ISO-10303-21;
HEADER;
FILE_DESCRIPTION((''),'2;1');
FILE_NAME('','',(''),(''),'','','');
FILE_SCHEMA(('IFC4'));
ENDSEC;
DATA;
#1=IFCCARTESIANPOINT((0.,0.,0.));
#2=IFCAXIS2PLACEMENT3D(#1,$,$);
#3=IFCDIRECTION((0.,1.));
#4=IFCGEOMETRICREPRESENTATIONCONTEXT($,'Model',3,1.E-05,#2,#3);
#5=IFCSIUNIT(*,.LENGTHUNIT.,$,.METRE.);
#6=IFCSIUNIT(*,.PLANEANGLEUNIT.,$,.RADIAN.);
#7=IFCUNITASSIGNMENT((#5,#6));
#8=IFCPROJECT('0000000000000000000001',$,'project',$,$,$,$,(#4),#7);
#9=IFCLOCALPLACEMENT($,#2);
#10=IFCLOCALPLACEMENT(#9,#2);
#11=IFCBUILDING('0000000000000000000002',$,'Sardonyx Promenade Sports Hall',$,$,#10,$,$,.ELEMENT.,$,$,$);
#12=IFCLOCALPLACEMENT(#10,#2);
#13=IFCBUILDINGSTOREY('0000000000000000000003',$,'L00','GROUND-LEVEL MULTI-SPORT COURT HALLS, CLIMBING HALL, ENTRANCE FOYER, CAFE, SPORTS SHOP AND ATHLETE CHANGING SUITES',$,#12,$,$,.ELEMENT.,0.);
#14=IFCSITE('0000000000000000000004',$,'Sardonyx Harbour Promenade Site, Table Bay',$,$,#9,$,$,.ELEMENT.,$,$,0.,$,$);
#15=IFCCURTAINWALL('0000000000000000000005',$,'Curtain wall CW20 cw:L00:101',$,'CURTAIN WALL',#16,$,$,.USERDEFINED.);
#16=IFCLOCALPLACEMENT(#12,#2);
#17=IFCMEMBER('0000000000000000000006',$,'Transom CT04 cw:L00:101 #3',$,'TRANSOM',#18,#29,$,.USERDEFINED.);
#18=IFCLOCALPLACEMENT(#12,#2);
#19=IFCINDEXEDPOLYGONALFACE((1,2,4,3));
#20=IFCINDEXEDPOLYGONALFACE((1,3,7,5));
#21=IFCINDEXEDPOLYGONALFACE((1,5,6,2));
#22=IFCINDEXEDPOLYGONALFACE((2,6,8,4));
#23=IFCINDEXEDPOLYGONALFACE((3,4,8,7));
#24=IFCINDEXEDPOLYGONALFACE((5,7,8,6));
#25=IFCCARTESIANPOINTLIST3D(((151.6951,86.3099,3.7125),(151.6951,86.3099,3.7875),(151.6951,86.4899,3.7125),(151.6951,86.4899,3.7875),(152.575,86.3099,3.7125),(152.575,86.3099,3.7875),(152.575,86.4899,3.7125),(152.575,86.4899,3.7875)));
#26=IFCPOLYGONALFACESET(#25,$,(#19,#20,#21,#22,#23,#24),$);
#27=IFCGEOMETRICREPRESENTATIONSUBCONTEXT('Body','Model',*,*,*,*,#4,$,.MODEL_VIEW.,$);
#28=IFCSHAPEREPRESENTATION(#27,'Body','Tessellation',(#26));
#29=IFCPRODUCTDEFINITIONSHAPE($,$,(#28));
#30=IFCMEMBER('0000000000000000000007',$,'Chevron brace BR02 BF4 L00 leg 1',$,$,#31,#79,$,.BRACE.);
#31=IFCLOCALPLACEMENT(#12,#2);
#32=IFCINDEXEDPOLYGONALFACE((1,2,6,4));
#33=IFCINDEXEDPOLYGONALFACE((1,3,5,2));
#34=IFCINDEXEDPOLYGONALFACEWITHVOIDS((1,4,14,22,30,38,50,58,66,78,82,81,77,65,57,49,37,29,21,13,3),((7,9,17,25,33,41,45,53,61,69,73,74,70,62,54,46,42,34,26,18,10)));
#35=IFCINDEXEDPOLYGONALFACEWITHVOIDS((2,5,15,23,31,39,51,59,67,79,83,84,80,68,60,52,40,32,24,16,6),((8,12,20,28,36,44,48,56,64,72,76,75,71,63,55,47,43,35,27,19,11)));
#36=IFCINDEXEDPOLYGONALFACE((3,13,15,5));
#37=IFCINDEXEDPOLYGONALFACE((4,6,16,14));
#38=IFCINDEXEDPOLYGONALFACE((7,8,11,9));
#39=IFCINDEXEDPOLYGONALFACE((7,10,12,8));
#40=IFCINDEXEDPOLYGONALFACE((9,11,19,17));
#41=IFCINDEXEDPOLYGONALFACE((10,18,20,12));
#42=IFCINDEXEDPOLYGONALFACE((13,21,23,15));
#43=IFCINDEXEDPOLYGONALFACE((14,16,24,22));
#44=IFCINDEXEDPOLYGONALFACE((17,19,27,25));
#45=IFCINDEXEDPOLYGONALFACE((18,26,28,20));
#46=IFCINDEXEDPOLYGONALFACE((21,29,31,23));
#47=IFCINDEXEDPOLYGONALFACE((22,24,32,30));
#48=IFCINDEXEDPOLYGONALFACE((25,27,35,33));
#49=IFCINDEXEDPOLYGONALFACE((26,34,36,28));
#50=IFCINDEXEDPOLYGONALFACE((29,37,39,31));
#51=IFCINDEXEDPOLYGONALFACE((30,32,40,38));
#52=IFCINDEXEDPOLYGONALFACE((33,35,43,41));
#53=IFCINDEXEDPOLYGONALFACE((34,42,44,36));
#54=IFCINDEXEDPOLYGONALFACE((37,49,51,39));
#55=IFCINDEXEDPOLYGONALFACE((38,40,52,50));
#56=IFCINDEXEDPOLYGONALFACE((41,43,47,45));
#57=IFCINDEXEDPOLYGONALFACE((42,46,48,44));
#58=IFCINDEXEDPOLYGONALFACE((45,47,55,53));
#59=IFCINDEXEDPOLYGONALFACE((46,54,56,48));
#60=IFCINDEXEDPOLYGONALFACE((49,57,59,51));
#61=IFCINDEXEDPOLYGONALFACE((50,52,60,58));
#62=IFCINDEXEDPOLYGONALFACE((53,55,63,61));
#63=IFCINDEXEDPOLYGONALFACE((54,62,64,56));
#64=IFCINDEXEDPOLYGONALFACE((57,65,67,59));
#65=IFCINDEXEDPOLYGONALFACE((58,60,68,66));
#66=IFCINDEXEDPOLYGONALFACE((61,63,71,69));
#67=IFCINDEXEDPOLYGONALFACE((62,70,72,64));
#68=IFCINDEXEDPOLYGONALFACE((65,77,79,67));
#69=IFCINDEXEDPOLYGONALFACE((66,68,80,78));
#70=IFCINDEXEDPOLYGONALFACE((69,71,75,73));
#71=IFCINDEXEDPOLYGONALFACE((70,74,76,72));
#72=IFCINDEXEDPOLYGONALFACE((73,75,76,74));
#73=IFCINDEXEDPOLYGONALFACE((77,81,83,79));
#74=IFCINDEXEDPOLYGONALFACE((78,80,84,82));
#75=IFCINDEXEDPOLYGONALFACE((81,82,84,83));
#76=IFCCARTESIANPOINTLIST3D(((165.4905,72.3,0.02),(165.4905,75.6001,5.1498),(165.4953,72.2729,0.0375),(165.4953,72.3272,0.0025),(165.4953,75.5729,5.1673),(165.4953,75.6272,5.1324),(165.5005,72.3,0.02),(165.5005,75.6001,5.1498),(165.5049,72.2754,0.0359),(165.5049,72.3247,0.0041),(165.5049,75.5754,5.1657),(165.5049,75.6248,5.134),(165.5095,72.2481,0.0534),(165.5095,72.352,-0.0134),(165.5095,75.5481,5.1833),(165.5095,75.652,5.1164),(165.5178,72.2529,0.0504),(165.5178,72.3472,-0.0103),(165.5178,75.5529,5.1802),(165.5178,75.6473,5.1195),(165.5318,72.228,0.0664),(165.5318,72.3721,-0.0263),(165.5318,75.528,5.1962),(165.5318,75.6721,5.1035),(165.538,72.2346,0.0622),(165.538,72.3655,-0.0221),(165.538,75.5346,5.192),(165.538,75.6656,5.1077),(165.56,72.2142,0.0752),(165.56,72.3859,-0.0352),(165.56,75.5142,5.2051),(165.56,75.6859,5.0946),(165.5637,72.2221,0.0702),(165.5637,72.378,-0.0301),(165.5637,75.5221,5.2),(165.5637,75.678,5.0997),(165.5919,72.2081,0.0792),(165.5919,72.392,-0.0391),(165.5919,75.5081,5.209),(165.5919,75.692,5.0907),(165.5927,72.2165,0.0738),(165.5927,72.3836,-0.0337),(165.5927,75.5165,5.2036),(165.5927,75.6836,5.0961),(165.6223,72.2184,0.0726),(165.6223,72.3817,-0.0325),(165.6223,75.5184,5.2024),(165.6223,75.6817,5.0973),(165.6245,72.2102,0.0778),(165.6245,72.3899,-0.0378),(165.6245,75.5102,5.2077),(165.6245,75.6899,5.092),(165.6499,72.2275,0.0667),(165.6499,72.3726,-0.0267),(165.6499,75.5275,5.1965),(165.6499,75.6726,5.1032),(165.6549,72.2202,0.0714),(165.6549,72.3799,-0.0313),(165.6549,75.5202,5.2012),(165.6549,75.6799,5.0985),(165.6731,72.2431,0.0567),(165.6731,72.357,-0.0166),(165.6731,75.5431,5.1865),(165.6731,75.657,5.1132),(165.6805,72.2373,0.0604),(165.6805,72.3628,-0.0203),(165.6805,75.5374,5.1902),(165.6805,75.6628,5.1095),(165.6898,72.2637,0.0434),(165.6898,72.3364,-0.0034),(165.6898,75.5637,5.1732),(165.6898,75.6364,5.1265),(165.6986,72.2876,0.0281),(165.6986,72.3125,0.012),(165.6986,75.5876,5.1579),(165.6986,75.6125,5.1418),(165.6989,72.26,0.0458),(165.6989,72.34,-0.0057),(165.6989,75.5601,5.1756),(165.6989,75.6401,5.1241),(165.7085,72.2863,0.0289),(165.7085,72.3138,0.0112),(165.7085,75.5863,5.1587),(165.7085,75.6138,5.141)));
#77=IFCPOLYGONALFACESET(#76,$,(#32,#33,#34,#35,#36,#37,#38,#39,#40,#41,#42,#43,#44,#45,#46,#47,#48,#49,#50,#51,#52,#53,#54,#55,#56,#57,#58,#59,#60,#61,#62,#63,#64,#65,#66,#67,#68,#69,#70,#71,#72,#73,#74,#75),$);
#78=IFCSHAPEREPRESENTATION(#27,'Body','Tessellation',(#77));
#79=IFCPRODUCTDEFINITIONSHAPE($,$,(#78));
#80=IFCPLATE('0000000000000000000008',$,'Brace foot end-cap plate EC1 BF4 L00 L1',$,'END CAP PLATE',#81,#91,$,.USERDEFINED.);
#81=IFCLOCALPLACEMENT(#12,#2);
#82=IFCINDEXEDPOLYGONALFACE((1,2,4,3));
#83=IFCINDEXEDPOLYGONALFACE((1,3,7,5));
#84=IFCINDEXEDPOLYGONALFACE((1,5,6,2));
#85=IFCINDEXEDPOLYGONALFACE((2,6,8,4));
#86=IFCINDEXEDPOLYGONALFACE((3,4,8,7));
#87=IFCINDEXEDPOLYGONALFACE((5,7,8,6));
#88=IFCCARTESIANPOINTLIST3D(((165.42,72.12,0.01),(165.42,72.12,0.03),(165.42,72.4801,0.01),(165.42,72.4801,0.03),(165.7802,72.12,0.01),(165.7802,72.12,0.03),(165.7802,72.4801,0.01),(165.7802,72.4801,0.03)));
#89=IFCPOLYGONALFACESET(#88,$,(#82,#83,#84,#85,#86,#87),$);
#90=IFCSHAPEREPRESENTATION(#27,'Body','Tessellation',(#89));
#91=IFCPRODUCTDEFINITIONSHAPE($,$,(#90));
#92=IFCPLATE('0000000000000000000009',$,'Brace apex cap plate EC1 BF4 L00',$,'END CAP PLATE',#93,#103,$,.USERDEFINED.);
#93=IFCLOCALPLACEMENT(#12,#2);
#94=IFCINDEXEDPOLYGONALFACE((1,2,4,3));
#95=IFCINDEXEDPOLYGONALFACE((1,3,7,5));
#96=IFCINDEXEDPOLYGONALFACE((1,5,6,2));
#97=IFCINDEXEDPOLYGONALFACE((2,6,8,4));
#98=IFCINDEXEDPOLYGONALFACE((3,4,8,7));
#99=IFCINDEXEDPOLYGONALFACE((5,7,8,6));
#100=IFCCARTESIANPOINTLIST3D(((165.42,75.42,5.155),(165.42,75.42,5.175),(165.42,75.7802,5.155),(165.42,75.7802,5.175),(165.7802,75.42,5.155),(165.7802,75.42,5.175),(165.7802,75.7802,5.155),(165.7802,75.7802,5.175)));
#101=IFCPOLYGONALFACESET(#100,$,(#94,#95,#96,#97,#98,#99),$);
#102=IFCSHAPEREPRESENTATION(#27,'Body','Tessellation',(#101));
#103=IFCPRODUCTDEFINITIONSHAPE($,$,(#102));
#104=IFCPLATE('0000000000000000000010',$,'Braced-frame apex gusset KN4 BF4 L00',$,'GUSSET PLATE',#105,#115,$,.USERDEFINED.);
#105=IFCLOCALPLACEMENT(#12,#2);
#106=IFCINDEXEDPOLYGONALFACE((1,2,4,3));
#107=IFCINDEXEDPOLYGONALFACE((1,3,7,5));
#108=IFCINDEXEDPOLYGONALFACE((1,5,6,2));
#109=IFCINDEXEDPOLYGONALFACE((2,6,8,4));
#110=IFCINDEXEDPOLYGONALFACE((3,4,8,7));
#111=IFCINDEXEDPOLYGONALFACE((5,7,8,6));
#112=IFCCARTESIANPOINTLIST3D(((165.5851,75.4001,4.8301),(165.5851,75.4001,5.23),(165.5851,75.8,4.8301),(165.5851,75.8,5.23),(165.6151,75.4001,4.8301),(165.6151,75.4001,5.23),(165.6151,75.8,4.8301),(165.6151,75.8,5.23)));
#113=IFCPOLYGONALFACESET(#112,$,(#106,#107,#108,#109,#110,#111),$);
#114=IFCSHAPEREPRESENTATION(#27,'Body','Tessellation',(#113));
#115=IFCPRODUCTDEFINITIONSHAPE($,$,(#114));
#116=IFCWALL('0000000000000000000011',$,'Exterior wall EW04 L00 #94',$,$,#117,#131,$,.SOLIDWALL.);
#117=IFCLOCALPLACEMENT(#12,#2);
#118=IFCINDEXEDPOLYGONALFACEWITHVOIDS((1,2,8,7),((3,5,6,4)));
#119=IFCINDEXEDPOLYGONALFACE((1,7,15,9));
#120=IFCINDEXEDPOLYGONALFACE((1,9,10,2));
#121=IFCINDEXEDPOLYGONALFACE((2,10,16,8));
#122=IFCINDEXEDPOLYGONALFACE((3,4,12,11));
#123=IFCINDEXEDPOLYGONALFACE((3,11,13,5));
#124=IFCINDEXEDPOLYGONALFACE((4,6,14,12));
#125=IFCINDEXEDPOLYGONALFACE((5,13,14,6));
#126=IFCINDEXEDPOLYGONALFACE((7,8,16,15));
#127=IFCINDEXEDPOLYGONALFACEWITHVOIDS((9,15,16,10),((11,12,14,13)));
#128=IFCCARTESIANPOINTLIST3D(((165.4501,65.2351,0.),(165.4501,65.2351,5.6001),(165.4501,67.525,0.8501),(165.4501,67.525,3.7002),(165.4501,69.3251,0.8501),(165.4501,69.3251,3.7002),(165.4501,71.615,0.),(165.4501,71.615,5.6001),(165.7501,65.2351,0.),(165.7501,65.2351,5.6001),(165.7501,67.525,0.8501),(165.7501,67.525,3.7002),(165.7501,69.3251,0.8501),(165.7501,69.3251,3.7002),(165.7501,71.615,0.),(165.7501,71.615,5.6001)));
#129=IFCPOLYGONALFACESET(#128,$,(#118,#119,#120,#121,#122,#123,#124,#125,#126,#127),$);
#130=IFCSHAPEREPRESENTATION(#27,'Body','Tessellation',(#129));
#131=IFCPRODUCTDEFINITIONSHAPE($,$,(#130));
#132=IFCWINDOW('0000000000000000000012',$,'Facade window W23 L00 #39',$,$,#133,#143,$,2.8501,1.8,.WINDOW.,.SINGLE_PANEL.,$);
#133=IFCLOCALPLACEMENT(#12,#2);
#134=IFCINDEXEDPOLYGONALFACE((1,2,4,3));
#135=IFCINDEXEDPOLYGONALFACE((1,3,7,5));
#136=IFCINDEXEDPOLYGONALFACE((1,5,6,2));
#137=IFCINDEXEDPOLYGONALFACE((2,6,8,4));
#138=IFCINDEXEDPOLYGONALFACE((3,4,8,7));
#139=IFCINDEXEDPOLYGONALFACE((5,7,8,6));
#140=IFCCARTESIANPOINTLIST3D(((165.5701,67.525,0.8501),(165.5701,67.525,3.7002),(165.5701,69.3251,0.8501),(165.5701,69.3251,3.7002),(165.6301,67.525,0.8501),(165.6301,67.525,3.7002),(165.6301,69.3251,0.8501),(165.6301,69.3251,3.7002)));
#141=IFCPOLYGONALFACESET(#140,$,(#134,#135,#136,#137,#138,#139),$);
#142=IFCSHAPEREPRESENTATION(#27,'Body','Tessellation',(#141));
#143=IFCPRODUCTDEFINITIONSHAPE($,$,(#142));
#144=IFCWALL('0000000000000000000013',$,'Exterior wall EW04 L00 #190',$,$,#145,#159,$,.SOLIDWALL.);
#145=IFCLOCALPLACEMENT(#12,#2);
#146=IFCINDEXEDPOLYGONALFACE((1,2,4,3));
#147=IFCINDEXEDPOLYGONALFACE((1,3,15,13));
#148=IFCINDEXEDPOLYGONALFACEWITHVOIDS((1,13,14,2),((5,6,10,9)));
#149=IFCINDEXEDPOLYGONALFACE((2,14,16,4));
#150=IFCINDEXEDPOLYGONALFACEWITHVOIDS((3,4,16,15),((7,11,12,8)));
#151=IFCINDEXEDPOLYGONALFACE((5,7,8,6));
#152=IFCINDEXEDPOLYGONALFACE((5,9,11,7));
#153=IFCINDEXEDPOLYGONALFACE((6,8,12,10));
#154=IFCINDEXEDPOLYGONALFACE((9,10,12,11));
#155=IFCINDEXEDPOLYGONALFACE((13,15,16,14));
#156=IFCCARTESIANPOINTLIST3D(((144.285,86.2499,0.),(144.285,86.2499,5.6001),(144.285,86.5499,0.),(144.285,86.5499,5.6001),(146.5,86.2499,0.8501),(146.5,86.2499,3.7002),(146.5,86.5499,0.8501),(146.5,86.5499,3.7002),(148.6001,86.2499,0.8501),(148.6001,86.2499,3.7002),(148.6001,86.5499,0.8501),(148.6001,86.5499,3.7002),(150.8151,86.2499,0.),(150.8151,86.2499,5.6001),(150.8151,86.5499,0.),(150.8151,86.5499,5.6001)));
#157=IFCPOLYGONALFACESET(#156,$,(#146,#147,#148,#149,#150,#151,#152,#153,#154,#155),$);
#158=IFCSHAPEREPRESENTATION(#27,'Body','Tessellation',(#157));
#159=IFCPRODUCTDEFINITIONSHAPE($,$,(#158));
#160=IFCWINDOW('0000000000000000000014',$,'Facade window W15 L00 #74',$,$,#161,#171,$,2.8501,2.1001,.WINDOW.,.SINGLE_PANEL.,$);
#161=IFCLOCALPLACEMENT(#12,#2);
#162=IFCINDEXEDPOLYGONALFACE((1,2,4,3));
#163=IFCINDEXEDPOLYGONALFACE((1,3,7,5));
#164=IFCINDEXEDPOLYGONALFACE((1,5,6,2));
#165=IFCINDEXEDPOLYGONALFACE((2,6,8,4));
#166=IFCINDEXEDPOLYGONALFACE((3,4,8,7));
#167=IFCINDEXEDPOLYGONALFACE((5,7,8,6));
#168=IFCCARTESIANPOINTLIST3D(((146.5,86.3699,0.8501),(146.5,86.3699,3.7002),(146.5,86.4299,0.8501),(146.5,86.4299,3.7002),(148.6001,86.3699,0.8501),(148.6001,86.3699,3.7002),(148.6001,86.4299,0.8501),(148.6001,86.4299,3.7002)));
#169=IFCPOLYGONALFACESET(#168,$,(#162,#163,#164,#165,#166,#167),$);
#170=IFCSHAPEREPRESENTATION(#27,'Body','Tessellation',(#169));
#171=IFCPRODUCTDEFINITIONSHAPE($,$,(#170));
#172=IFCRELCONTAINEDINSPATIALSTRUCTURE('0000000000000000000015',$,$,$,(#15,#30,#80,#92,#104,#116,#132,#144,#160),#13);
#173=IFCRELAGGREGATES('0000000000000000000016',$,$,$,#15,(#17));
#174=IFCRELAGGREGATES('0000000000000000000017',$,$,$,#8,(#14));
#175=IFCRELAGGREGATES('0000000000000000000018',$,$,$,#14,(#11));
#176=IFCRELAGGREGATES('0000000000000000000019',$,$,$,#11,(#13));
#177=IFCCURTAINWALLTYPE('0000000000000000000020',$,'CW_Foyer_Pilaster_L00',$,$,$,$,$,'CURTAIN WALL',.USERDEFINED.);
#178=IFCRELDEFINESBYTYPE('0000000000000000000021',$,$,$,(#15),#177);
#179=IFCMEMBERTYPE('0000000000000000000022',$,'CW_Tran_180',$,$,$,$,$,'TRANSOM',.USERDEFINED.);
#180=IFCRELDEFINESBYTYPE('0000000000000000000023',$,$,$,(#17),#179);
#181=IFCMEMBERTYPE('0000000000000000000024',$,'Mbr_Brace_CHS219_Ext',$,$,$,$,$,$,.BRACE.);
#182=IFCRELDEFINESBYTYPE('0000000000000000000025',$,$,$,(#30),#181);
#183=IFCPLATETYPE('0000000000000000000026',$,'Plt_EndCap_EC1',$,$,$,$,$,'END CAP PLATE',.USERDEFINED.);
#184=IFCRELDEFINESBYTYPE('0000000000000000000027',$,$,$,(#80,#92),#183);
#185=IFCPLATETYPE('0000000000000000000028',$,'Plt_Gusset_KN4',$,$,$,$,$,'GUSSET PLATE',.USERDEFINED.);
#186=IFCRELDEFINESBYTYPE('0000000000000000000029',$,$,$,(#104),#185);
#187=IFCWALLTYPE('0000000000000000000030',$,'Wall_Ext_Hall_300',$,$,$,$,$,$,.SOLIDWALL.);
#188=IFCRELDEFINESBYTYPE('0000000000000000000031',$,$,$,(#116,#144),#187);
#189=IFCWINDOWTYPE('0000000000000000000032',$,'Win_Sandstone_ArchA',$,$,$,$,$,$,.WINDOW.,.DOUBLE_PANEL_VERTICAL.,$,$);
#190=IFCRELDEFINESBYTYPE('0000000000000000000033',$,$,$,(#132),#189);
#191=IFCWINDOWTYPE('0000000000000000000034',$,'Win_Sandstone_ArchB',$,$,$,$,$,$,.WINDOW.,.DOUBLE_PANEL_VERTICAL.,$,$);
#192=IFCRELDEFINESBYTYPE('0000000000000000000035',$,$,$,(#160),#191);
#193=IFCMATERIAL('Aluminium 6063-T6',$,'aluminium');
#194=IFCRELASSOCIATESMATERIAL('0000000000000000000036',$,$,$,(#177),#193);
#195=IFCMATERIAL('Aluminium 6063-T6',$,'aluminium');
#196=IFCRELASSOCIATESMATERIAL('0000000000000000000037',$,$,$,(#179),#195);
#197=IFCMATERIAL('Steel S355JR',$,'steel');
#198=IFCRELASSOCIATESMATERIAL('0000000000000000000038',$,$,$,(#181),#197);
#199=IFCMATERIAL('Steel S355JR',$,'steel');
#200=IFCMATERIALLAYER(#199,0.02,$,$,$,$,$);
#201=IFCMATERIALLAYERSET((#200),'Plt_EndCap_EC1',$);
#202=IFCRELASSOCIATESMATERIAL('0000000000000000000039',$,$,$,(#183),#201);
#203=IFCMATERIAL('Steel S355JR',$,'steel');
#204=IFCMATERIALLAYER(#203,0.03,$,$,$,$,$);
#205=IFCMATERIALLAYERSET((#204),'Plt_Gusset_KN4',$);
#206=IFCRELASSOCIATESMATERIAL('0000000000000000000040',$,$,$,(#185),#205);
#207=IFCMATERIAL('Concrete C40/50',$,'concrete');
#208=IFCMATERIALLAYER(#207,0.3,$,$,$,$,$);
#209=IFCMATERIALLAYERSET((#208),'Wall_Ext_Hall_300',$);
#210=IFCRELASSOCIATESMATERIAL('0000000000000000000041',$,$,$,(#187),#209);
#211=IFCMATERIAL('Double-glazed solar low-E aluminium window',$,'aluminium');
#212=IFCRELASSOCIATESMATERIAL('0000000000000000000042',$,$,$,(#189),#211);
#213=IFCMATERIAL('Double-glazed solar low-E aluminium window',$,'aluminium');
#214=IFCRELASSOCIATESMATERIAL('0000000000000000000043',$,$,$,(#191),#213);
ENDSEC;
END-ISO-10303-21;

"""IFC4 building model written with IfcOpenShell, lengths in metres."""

from ifc_helpers import new_model, si_unit, direction, frame, frame_2d, origin, origin_2d, place, context, subcontext, project, spatial, rectangle, hollow_circle, extrude, material, layer, layer_set, material_profile, profile_set, type_object, element, fill, aggregate, save


model = new_model("IFC4")

# Units and contexts
model_context = context("Model", 3, precision=1e-05, world=origin(), true_north=direction((0.0, 1.0)))
body_context = subcontext(model_context, "Body", "Model", "MODEL_VIEW")
ifc_project = project(units=[si_unit("LENGTHUNIT", "METRE"), si_unit("PLANEANGLEUNIT", "RADIAN")], contexts=[model_context])

# Site, building, storey
site_placement = place(None, origin())
site = spatial("IfcSite", under=ifc_project, at=site_placement, Name="Sardonyx Harbour Promenade Site, Table Bay", CompositionType="ELEMENT", RefElevation=0.0)
building_placement = place(site_placement, origin())
building = spatial("IfcBuilding", under=site, at=building_placement, Name="Sardonyx Promenade Sports Hall", CompositionType="ELEMENT")
storey_placement = place(building_placement, origin())
storey = spatial("IfcBuildingStorey", under=building, at=storey_placement, Name="L00", Description="GROUND-LEVEL MULTI-SPORT COURT HALLS, CLIMBING HALL, ENTRANCE FOYER, CAFE, SPORTS SHOP AND ATHLETE CHANGING SUITES", CompositionType="ELEMENT", Elevation=0.0)

# Curtain wall, member
ifc_material_1 = material(Name="Aluminium 6063-T6", Category="aluminium")
curtain_wall_type = type_object("IfcCurtainWallType", Name="CW_Foyer_Pilaster_L00", ElementType="CURTAIN WALL", PredefinedType="USERDEFINED", material=ifc_material_1)
curtain_wall_placement = place(storey_placement, origin())
curtain_wall = element("IfcCurtainWall", 1, at=curtain_wall_placement, inside=storey, type_object=curtain_wall_type, Name="Curtain wall CW20 cw:L00:101", ObjectType="CURTAIN WALL", PredefinedType="USERDEFINED")
ifc_material_2 = material(Name="Aluminium 6063-T6", Category="aluminium")
ifc_material_profile_1 = material_profile(ifc_material_2, rectangle(XDim=0.075, YDim=0.1799, at=origin_2d()))
ifc_profile_set_1 = profile_set([ifc_material_profile_1], Name="Aluminium 6063-T6")
member_type_1 = type_object("IfcMemberType", Name="CW_Tran_180", ElementType="TRANSOM", PredefinedType="USERDEFINED", material=ifc_profile_set_1)
member_1_placement = place(storey_placement, frame((151.6951, 86.3999, 3.75), z_axis=(1.0, 0.0, 0.0), x_axis=(0.0, 0.0, 1.0)))
member_1 = element("IfcMember", 2, at=member_1_placement, type_object=member_type_1, Name="Transom CT04 cw:L00:101 #3", ObjectType="TRANSOM", PredefinedType="USERDEFINED", context=body_context, shape_type="SweptSolid", body=[
    extrude(rectangle(XDim=0.075, YDim=0.1799, at=origin_2d()), origin(), (0.0, 0.0, 1.0), 0.8799),
])
aggregate(curtain_wall, [member_1])

# Member
ifc_material_3 = material(Name="Steel S355JR", Category="steel")
ifc_material_profile_2 = material_profile(ifc_material_3, hollow_circle(Radius=0.1096, WallThickness=0.01, at=origin_2d()))
ifc_profile_set_2 = profile_set([ifc_material_profile_2], Name="Steel S355JR")
member_type_2 = type_object("IfcMemberType", Name="Mbr_Brace_CHS219_Ext", PredefinedType="BRACE", material=ifc_profile_set_2)
member_2_placement = place(storey_placement, frame((165.6001, 72.3, 0.02), z_axis=(0.0, 0.541021, 0.841009), x_axis=(-1.0, 0.0, 0.0)))
element("IfcMember", 3, at=member_2_placement, inside=storey, type_object=member_type_2, Name="Chevron brace BR02 BF4 L00 leg 1", PredefinedType="BRACE", context=body_context, shape_type="SweptSolid", body=[
    extrude(hollow_circle(Radius=0.1096, WallThickness=0.01, at=origin_2d()), origin(), (0.0, 0.0, 1.0), 6.0996),
])

# Plates
ifc_material_4 = material(Name="Steel S355JR", Category="steel")
ifc_layer_1 = layer(ifc_material_4, 0.02)
ifc_layer_set_1 = layer_set([ifc_layer_1], Name="Plt_EndCap_EC1")
plate_type_1 = type_object("IfcPlateType", Name="Plt_EndCap_EC1", ElementType="END CAP PLATE", PredefinedType="USERDEFINED", material=ifc_layer_set_1)
for number, where, z_axis, x_axis, name in (
    (4, (165.6001, 72.3, 0.01), (0.0, 0.0, 1.0), (1.0, 0.0, 0.0), "Brace foot end-cap plate EC1 BF4 L00 L1"),
    (5, (165.6001, 75.6001, 5.155), (0.0, 0.0, 1.0), (1.0, 0.0, 0.0), "Brace apex cap plate EC1 BF4 L00"),
):
    element("IfcPlate", number, at=place(storey_placement, frame(where, z_axis=z_axis, x_axis=x_axis)), inside=storey, type_object=plate_type_1, Name=name, ObjectType="END CAP PLATE", PredefinedType="USERDEFINED", context=body_context, shape_type="SweptSolid", body=[
        extrude(rectangle(XDim=0.3601, YDim=0.3601, at=origin_2d()), origin(), (0.0, 0.0, 1.0), 0.02),
    ])
ifc_material_5 = material(Name="Steel S355JR", Category="steel")
ifc_layer_2 = layer(ifc_material_5, 0.03)
ifc_layer_set_2 = layer_set([ifc_layer_2], Name="Plt_Gusset_KN4")
plate_type_2 = type_object("IfcPlateType", Name="Plt_Gusset_KN4", ElementType="GUSSET PLATE", PredefinedType="USERDEFINED", material=ifc_layer_set_2)
plate_placement = place(storey_placement, frame((165.6001, 75.6001, 4.8301), z_axis=(0.0, 0.0, 1.0), x_axis=(0.0, 1.0, 0.0)))
element("IfcPlate", 6, at=plate_placement, inside=storey, type_object=plate_type_2, Name="Braced-frame apex gusset KN4 BF4 L00", ObjectType="GUSSET PLATE", PredefinedType="USERDEFINED", context=body_context, shape_type="SweptSolid", body=[
    extrude(rectangle(XDim=0.3999, YDim=0.03, at=origin_2d()), origin(), (0.0, 0.0, 1.0), 0.3999),
])

# Walls, openings, windows
ifc_material_6 = material(Name="Concrete C40/50", Category="concrete")
ifc_layer_3 = layer(ifc_material_6, 0.3)
ifc_layer_set_3 = layer_set([ifc_layer_3], Name="Wall_Ext_Hall_300")
wall_type_1 = type_object("IfcWallType", Name="Wall_Ext_Hall_300", PredefinedType="SOLIDWALL", material=ifc_layer_set_3)
wall_1_placement = place(storey_placement, frame((165.6001, 71.615, 0.0), z_axis=(0.0, 0.0, 1.0), x_axis=(0.0, -1.0, 0.0)))
wall_1 = element("IfcWall", 7, at=wall_1_placement, inside=storey, type_object=wall_type_1, Name="Exterior wall EW04 L00 #94", PredefinedType="SOLIDWALL", context=body_context, shape_type="SweptSolid", body=[
    extrude(rectangle(XDim=6.3799, YDim=0.3, at=frame_2d((3.1899, 0.0))), origin(), (0.0, 0.0, 1.0), 5.6001),
])
opening_1_placement = place(wall_1_placement, frame((2.29, 0.0, 0.8501)))
opening_1 = element("IfcOpeningElement", 8, at=opening_1_placement, cuts=wall_1, PredefinedType="OPENING", context=body_context, shape_type="SweptSolid", body=[
    extrude(rectangle(XDim=1.8, YDim=2.8501, at=frame_2d((0.8999, 1.425))), frame((0.0, 0.16, 0.0), z_axis=(0.0, -1.0, 0.0), x_axis=(1.0, 0.0, 0.0)), (0.0, 0.0, 1.0), 0.32),
])
ifc_material_7 = material(Name="Double-glazed solar low-E aluminium window", Category="aluminium")
window_type_1 = type_object("IfcWindowType", Name="Win_Sandstone_ArchA", PartitioningType="DOUBLE_PANEL_VERTICAL", PredefinedType="WINDOW", material=ifc_material_7)
window_1_placement = place(opening_1_placement, origin())
window_1 = element("IfcWindow", 9, at=window_1_placement, inside=storey, type_object=window_type_1, Name="Facade window W23 L00 #39", OverallHeight=2.8501, OverallWidth=1.8, PartitioningType="SINGLE_PANEL", PredefinedType="WINDOW", context=body_context, shape_type="SweptSolid", body=[
    extrude(rectangle(XDim=1.8, YDim=2.8501, at=frame_2d((0.8999, 1.425))), frame((0.0, 0.03, 0.0), z_axis=(0.0, -1.0, 0.0), x_axis=(1.0, 0.0, 0.0)), (0.0, 0.0, 1.0), 0.0601),
])
fill(opening_1, window_1)
wall_2_placement = place(storey_placement, frame((144.2849, 86.3999, 0.0), z_axis=(0.0, 0.0, 1.0), x_axis=(1.0, 0.0, 0.0)))
wall_2 = element("IfcWall", 10, at=wall_2_placement, inside=storey, type_object=wall_type_1, Name="Exterior wall EW04 L00 #190", PredefinedType="SOLIDWALL", context=body_context, shape_type="SweptSolid", body=[
    extrude(rectangle(XDim=6.53, YDim=0.3, at=frame_2d((3.2651, 0.0))), origin(), (0.0, 0.0, 1.0), 5.6001),
])
opening_2_placement = place(wall_2_placement, frame((2.2151, 0.0, 0.8501)))
opening_2 = element("IfcOpeningElement", 11, at=opening_2_placement, cuts=wall_2, PredefinedType="OPENING", context=body_context, shape_type="SweptSolid", body=[
    extrude(rectangle(XDim=2.1001, YDim=2.8501, at=frame_2d((1.05, 1.425))), frame((0.0, 0.16, 0.0), z_axis=(0.0, -1.0, 0.0), x_axis=(1.0, 0.0, 0.0)), (0.0, 0.0, 1.0), 0.32),
])
ifc_material_8 = material(Name="Double-glazed solar low-E aluminium window", Category="aluminium")
window_type_2 = type_object("IfcWindowType", Name="Win_Sandstone_ArchB", PartitioningType="DOUBLE_PANEL_VERTICAL", PredefinedType="WINDOW", material=ifc_material_8)
window_2_placement = place(opening_2_placement, origin())
window_2 = element("IfcWindow", 12, at=window_2_placement, inside=storey, type_object=window_type_2, Name="Facade window W15 L00 #74", OverallHeight=2.8501, OverallWidth=2.1001, PartitioningType="SINGLE_PANEL", PredefinedType="WINDOW", context=body_context, shape_type="SweptSolid", body=[
    extrude(rectangle(XDim=2.1001, YDim=2.8501, at=frame_2d((1.05, 1.425))), frame((0.0, 0.03, 0.0), z_axis=(0.0, -1.0, 0.0), x_axis=(1.0, 0.0, 0.0)), (0.0, 0.0, 1.0), 0.0601),
])
fill(opening_2, window_2)

save(model, "model.ifc")
